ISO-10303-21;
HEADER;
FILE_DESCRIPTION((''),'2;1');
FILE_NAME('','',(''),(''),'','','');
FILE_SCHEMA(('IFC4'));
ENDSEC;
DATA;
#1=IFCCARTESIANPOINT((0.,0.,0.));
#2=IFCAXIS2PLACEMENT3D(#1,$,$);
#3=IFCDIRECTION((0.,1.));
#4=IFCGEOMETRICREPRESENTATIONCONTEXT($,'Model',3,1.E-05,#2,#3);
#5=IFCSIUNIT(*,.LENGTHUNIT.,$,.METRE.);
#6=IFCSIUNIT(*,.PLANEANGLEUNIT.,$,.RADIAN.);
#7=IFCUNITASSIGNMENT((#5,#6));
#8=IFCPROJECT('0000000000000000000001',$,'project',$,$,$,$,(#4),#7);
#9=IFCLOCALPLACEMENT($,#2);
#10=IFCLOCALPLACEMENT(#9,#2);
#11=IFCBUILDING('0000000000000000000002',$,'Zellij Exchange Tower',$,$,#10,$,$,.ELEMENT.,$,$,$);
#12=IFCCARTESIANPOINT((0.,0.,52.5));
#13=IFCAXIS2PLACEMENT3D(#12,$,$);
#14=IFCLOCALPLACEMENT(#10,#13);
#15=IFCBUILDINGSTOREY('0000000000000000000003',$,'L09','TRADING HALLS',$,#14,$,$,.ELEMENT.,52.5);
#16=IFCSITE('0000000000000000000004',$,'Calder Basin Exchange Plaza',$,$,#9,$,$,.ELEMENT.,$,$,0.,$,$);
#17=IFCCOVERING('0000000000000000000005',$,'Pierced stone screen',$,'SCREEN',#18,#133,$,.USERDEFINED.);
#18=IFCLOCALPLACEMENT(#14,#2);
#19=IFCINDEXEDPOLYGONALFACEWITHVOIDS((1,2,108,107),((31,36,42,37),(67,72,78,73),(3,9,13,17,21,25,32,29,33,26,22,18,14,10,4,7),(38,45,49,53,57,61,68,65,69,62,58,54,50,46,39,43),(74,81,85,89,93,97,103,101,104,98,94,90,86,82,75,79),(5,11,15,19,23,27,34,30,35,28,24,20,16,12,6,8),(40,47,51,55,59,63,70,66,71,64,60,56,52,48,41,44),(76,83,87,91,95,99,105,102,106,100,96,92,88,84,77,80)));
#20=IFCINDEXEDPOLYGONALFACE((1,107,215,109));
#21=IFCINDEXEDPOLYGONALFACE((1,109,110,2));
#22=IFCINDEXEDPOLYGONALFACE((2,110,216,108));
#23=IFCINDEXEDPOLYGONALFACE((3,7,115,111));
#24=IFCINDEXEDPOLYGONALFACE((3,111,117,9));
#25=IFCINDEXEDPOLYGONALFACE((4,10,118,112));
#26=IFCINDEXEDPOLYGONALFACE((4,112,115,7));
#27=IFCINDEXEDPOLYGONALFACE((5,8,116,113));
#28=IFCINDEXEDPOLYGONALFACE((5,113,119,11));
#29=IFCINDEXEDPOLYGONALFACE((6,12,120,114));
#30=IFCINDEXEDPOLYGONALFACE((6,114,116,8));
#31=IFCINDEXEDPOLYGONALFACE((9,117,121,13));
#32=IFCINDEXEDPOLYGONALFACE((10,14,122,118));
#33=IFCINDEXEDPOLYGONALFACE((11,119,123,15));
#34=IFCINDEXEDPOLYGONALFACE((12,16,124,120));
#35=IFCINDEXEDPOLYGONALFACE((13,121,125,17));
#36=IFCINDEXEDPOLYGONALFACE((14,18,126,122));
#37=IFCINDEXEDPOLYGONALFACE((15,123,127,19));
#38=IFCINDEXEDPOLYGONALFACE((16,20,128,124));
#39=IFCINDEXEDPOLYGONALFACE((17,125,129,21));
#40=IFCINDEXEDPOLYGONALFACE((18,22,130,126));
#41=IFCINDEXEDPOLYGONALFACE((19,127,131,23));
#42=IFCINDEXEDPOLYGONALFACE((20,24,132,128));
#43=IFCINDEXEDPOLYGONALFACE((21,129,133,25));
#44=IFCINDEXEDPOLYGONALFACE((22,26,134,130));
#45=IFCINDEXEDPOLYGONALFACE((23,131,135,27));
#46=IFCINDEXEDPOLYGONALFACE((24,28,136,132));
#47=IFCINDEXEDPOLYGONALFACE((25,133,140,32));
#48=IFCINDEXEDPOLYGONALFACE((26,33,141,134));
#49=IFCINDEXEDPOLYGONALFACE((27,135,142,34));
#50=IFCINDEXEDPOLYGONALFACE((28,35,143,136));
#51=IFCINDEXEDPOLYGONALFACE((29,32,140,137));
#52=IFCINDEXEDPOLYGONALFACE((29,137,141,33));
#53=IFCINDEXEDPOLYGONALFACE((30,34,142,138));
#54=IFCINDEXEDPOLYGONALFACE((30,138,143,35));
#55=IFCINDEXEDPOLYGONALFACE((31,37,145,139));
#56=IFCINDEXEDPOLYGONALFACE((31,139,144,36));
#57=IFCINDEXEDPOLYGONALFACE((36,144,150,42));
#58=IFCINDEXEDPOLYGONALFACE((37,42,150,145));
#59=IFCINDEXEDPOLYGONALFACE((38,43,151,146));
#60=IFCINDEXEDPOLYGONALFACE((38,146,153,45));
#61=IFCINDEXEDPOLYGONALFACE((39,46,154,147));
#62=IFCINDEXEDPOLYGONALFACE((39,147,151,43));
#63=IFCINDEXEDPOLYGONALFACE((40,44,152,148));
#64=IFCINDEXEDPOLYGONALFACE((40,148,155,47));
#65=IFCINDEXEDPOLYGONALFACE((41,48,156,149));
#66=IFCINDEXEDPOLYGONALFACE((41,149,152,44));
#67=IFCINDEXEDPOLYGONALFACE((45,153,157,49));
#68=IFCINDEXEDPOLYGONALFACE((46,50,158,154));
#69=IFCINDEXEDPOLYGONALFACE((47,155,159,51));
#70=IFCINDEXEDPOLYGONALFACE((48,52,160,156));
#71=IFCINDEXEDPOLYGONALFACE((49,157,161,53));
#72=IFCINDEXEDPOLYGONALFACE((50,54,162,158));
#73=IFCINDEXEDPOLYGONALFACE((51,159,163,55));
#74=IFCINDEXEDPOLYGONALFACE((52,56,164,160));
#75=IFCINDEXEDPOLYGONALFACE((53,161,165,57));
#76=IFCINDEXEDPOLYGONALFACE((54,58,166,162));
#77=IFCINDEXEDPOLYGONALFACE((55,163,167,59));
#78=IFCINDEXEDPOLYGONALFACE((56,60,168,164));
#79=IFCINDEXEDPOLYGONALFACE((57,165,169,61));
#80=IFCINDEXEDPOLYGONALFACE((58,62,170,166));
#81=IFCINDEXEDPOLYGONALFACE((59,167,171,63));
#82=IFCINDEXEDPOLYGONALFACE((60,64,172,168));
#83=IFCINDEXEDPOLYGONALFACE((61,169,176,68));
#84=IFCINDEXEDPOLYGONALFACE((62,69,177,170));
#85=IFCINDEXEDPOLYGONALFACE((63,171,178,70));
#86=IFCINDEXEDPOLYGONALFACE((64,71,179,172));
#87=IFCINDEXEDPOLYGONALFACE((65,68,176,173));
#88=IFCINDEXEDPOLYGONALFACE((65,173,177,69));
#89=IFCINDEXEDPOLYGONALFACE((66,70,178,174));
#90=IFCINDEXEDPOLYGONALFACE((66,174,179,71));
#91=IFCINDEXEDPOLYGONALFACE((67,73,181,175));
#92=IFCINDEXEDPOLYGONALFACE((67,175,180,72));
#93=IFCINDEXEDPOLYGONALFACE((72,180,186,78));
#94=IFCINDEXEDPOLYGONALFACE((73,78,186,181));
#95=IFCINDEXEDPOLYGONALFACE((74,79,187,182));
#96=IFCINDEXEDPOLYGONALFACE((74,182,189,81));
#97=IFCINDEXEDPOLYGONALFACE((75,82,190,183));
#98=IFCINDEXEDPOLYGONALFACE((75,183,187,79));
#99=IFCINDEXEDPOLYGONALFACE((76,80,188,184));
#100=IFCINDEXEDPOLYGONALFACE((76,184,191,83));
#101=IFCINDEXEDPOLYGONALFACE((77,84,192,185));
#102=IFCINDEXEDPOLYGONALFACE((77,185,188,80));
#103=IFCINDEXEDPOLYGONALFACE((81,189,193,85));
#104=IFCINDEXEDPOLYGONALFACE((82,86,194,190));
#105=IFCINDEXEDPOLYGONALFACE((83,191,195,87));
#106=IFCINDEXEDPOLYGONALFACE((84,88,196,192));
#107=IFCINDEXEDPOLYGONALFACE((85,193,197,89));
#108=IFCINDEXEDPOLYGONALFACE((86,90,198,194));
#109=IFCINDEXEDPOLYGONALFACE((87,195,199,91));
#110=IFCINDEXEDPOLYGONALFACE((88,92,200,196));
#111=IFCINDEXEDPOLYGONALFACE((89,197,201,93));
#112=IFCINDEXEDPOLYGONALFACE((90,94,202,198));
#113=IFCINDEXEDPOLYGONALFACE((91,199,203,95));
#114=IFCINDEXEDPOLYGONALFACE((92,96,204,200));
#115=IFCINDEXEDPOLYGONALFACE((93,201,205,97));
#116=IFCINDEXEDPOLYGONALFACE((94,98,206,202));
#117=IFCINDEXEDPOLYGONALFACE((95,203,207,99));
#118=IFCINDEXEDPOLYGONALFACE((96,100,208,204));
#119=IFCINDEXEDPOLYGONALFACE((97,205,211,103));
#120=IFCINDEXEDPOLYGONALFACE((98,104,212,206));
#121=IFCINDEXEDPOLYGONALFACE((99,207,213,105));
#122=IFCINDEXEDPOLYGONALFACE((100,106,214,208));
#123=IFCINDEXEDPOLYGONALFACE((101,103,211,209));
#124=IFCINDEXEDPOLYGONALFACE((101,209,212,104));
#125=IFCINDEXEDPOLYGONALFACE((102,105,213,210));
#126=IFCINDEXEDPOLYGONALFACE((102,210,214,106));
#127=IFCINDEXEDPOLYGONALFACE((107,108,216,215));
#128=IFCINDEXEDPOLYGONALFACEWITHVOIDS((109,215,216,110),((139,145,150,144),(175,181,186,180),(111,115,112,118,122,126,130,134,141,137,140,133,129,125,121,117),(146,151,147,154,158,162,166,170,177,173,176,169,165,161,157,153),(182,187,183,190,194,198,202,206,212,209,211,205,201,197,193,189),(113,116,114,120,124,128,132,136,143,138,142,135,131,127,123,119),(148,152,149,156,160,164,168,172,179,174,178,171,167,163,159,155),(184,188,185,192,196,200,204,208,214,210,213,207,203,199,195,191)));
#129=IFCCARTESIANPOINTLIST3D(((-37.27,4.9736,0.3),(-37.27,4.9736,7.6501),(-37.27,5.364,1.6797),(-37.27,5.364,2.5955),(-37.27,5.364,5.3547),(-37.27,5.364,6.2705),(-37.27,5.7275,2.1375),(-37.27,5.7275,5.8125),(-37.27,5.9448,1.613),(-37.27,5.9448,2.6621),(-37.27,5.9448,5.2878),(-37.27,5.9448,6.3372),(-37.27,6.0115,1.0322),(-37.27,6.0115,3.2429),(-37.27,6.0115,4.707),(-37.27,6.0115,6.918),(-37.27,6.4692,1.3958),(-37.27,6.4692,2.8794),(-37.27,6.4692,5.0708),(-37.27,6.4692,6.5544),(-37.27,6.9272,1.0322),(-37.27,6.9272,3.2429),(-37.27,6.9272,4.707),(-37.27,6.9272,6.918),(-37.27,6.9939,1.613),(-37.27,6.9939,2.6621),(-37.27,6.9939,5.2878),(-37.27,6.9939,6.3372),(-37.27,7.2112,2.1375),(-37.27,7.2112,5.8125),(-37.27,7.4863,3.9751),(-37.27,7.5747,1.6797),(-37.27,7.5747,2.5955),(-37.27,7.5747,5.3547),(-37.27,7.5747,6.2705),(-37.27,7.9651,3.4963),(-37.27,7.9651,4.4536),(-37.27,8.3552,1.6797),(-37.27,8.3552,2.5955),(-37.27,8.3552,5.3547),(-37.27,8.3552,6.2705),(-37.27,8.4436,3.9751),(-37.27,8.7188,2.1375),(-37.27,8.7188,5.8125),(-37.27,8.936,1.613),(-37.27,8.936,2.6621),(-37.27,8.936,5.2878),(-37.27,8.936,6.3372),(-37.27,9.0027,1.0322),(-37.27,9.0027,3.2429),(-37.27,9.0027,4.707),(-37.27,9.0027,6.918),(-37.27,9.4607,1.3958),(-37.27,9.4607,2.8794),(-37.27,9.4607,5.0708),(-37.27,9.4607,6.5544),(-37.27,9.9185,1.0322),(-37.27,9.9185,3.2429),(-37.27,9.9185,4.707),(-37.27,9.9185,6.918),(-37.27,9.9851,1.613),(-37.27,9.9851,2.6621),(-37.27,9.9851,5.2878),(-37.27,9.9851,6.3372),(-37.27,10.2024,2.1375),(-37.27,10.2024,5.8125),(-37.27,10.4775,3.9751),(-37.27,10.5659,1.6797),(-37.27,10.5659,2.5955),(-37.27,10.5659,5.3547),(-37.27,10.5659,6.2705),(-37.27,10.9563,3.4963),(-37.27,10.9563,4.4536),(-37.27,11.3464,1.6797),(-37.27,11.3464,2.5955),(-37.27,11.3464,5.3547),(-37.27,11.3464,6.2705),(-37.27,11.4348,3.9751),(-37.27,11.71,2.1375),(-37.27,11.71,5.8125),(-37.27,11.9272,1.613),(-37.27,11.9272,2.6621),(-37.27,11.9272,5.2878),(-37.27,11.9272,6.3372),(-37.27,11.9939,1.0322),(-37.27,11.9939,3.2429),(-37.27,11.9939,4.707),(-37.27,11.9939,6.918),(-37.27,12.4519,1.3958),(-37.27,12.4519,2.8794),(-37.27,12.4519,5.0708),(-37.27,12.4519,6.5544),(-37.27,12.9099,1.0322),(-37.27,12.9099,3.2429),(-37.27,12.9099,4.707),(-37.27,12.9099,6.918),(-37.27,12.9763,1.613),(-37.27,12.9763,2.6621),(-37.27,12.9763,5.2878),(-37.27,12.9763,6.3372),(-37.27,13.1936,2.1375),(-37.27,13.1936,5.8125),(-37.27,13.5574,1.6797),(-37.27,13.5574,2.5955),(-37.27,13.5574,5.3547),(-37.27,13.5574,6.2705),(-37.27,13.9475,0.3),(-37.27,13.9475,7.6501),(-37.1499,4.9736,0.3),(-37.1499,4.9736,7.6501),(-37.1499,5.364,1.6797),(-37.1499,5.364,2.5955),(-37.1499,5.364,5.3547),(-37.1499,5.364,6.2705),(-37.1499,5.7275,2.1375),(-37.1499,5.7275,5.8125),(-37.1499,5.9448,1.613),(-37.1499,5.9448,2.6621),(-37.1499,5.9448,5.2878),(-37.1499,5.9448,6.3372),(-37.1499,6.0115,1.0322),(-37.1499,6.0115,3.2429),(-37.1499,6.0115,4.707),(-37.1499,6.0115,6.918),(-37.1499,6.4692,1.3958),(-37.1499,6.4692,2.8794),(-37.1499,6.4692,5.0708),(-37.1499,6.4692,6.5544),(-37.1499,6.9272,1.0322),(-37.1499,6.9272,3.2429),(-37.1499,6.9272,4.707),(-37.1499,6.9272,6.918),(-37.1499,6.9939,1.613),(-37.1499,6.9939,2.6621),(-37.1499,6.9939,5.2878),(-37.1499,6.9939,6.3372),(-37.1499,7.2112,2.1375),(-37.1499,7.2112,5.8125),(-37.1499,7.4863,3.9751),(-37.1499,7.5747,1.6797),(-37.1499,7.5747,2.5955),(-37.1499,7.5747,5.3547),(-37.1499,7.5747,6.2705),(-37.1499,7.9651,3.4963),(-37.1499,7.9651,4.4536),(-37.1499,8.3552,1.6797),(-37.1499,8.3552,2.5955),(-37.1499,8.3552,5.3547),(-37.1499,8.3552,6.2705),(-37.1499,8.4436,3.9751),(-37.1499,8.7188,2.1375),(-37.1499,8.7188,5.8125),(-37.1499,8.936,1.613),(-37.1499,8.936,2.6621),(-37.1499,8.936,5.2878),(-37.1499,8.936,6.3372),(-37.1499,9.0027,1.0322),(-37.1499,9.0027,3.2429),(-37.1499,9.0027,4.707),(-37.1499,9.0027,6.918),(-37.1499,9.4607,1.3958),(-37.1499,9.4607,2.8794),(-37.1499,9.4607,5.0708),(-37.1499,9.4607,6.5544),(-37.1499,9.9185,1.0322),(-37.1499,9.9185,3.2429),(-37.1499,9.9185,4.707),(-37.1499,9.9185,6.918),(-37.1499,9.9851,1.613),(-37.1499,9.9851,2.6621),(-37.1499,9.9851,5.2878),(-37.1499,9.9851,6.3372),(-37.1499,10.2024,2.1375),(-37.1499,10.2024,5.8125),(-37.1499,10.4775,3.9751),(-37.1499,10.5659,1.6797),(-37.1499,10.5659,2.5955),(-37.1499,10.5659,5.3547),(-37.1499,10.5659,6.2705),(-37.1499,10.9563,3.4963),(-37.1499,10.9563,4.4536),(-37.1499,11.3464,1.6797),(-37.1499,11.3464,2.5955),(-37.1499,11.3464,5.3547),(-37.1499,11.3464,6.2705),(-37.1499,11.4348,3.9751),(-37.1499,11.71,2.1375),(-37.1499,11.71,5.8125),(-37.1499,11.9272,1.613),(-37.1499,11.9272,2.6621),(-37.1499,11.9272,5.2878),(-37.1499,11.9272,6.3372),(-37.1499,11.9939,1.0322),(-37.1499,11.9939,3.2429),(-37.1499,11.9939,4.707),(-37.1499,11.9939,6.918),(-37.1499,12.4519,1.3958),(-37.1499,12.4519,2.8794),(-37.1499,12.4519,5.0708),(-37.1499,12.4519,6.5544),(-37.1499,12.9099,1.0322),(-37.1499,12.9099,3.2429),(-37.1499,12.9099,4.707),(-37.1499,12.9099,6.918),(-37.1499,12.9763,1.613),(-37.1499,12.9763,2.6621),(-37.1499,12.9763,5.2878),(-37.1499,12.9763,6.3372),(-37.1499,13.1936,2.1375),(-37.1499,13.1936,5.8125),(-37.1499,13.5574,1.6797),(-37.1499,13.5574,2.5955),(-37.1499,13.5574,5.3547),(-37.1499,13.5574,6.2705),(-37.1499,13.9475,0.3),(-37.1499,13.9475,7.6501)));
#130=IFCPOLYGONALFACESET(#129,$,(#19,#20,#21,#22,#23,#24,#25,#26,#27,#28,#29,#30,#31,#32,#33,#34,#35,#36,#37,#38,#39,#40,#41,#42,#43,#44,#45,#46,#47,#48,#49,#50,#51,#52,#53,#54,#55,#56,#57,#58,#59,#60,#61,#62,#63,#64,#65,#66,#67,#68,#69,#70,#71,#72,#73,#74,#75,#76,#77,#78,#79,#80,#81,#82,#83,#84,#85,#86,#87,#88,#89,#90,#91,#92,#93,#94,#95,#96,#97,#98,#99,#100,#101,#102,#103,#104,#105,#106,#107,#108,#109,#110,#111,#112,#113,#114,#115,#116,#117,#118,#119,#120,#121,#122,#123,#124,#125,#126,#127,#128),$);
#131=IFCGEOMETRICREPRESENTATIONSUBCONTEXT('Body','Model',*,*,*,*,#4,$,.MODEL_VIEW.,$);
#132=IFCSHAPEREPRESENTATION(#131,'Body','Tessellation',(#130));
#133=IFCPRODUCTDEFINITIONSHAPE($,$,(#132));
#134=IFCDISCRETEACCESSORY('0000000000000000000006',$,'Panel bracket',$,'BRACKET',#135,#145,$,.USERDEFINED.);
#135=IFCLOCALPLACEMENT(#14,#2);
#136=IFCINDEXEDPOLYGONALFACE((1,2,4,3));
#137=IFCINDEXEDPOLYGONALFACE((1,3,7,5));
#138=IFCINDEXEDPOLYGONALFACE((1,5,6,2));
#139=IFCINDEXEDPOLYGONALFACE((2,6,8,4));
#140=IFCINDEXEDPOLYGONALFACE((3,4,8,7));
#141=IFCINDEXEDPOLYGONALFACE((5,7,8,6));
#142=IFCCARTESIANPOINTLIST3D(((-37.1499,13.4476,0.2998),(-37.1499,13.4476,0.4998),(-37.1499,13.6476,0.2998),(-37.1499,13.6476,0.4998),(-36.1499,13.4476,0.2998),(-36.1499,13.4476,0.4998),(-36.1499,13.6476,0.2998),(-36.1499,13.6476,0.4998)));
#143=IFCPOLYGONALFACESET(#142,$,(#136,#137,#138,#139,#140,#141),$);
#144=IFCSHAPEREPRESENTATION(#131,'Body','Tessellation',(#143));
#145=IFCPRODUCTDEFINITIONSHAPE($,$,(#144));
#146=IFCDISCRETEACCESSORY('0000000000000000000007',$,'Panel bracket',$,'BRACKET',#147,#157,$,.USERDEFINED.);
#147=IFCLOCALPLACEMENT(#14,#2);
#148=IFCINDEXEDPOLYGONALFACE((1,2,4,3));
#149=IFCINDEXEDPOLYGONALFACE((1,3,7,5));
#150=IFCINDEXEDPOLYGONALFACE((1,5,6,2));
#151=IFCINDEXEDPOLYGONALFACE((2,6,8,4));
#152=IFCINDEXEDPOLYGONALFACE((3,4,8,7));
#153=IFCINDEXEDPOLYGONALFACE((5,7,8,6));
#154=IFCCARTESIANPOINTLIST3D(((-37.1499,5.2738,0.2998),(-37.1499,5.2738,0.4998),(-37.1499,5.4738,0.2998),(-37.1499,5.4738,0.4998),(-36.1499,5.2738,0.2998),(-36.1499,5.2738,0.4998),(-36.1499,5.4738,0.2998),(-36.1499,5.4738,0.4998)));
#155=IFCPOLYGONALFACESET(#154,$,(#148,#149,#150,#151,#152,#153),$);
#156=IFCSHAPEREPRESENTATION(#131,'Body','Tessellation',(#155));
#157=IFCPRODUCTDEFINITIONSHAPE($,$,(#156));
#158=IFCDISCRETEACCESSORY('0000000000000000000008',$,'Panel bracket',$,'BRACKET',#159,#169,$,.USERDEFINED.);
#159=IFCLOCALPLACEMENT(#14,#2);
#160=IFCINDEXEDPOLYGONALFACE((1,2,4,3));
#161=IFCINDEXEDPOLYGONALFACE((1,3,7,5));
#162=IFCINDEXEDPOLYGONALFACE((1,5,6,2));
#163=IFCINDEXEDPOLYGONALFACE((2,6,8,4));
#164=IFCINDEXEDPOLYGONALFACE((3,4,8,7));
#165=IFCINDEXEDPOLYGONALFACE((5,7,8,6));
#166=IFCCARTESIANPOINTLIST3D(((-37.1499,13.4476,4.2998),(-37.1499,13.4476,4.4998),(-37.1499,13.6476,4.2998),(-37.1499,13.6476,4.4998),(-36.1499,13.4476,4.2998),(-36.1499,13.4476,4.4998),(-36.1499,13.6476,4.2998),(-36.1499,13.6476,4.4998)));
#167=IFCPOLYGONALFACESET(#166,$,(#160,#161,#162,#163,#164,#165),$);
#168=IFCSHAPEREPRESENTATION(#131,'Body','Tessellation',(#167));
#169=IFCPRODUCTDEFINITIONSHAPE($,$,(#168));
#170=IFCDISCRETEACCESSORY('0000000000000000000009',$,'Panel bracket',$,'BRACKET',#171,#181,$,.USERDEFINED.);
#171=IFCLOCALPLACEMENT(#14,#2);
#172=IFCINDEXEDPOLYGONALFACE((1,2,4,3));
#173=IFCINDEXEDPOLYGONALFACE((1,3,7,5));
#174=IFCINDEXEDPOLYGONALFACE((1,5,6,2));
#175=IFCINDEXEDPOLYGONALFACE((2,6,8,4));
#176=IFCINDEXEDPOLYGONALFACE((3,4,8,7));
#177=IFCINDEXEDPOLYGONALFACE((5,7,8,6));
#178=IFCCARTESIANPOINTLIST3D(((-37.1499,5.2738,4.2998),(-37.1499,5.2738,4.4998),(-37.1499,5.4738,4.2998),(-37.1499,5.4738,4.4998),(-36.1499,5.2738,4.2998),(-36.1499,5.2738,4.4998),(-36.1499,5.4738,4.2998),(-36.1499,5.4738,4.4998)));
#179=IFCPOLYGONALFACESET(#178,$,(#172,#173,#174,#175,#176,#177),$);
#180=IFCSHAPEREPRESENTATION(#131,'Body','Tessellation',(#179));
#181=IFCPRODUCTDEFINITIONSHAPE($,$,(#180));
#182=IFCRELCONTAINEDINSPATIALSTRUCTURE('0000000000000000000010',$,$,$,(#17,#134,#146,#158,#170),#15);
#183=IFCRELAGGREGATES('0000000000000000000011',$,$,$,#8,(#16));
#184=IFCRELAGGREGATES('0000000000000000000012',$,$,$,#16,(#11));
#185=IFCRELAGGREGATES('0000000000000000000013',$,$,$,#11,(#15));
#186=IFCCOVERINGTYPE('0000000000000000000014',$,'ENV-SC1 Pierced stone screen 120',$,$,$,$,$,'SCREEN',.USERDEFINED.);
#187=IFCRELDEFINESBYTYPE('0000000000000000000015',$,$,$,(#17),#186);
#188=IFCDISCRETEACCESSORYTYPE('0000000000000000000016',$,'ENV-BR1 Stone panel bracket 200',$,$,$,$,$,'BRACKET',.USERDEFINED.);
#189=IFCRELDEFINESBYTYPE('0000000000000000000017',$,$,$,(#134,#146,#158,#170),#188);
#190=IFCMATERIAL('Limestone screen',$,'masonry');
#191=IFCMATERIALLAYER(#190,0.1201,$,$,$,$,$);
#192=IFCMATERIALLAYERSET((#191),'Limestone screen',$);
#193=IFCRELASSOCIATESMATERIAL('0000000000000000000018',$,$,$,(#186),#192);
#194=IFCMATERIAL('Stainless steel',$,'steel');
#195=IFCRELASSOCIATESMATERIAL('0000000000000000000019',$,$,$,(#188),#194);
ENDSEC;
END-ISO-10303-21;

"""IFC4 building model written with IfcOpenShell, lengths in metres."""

from ifc_helpers import new_model, si_unit, direction, frame, origin, origin_2d, place, context, subcontext, project, spatial, polyline, rectangle, outline, extrude, material, layer, layer_set, type_object, element, save


model = new_model("IFC4")

# Units and contexts
model_context = context("Model", 3, precision=1e-05, world=origin(), true_north=direction((0.0, 1.0)))
body_context = subcontext(model_context, "Body", "Model", "MODEL_VIEW")
ifc_project = project(units=[si_unit("LENGTHUNIT", "METRE"), si_unit("PLANEANGLEUNIT", "RADIAN")], contexts=[model_context])

# Site, building, storey
site_placement = place(None, origin())
site = spatial("IfcSite", under=ifc_project, at=site_placement, Name="Calder Basin Exchange Plaza", CompositionType="ELEMENT", RefElevation=0.0)
building_placement = place(site_placement, origin())
building = spatial("IfcBuilding", under=site, at=building_placement, Name="Zellij Exchange Tower", CompositionType="ELEMENT")
storey_placement = place(building_placement, frame((0.0, 0.0, 52.5)))
storey = spatial("IfcBuildingStorey", under=building, at=storey_placement, Name="L09", Description="TRADING HALLS", CompositionType="ELEMENT", Elevation=52.5)

# Covering
ifc_material_1 = material(Name="Limestone screen", Category="masonry")
ifc_layer_1 = layer(ifc_material_1, 0.1201)
ifc_layer_set_1 = layer_set([ifc_layer_1], Name="Limestone screen")
covering_type = type_object("IfcCoveringType", Name="ENV-SC1 Pierced stone screen 120", ElementType="SCREEN", PredefinedType="USERDEFINED", material=ifc_layer_set_1)
covering_placement = place(storey_placement, frame((-37.21, 13.9475, 0.3), z_axis=(0.0, 0.0, 1.0), x_axis=(0.0, -1.0, 0.0)))
element("IfcCovering", 1, at=covering_placement, inside=storey, type_object=covering_type, Name="Pierced stone screen", ObjectType="SCREEN", PredefinedType="USERDEFINED", context=body_context, shape_type="SweptSolid", body=[
    extrude(outline(polyline([(0.0, 0.0), (8.9739, 0.0), (8.9739, 7.3501), (0.0, 7.3501), (0.0, 0.0)]), holes=[polyline([(2.6011, 2.2954), (2.0203, 2.3621), (1.9536, 2.9429), (1.4956, 2.5793), (1.0376, 2.9429), (0.9712, 2.3621), (0.3901, 2.2954), (0.7539, 1.8374), (0.3901, 1.3796), (0.9712, 1.313), (1.0376, 0.7322), (1.4956, 1.0957), (1.9536, 0.7322), (2.0203, 1.313), (2.6011, 1.3796), (2.2375, 1.8374), (2.6011, 2.2954)]), polyline([(2.6011, 5.9705), (2.0203, 6.0371), (1.9536, 6.6179), (1.4956, 6.2544), (1.0376, 6.6179), (0.9712, 6.0371), (0.3901, 5.9705), (0.7539, 5.5125), (0.3901, 5.0547), (0.9712, 4.9878), (1.0376, 4.407), (1.4956, 4.7708), (1.9536, 4.407), (2.0203, 4.9878), (2.6011, 5.0547), (2.2375, 5.5125), (2.6011, 5.9705)]), polyline([(5.5923, 2.2954), (5.0115, 2.3621), (4.9448, 2.9429), (4.4868, 2.5793), (4.0291, 2.9429), (3.9624, 2.3621), (3.3816, 2.2954), (3.7451, 1.8374), (3.3816, 1.3796), (3.9624, 1.313), (4.0291, 0.7322), (4.4868, 1.0957), (4.9448, 0.7322), (5.0115, 1.313), (5.5923, 1.3796), (5.2288, 1.8374), (5.5923, 2.2954)]), polyline([(5.5923, 5.9705), (5.0115, 6.0371), (4.9448, 6.6179), (4.4868, 6.2544), (4.0291, 6.6179), (3.9624, 6.0371), (3.3816, 5.9705), (3.7451, 5.5125), (3.3816, 5.0547), (3.9624, 4.9878), (4.0291, 4.407), (4.4868, 4.7708), (4.9448, 4.407), (5.0115, 4.9878), (5.5923, 5.0547), (5.2288, 5.5125), (5.5923, 5.9705)]), polyline([(8.5835, 2.2954), (8.0027, 2.3621), (7.936, 2.9429), (7.4783, 2.5793), (7.0203, 2.9429), (6.9536, 2.3621), (6.3728, 2.2954), (6.7363, 1.8374), (6.3728, 1.3796), (6.9536, 1.313), (7.0203, 0.7322), (7.4783, 1.0957), (7.936, 0.7322), (8.0027, 1.313), (8.5835, 1.3796), (8.22, 1.8374), (8.5835, 2.2954)]), polyline([(8.5835, 5.9705), (8.0027, 6.0371), (7.936, 6.6179), (7.4783, 6.2544), (7.0203, 6.6179), (6.9536, 6.0371), (6.3728, 5.9705), (6.7363, 5.5125), (6.3728, 5.0547), (6.9536, 4.9878), (7.0203, 4.407), (7.4783, 4.7708), (7.936, 4.407), (8.0027, 4.9878), (8.5835, 5.0547), (8.22, 5.5125), (8.5835, 5.9705)]), polyline([(3.47, 3.675), (2.9912, 4.1536), (2.5127, 3.675), (2.9912, 3.1963), (3.47, 3.675)]), polyline([(6.4612, 3.675), (5.9824, 4.1536), (5.5039, 3.675), (5.9824, 3.1963), (6.4612, 3.675)])]), frame((0.0, 0.0601, 0.0), z_axis=(0.0, -1.0, 0.0), x_axis=(1.0, 0.0, 0.0)), (0.0, 0.0, 1.0), 0.1201),
])

# Discrete accessories
ifc_material_2 = material(Name="Stainless steel", Category="steel")
discrete_accessory_type = type_object("IfcDiscreteAccessoryType", Name="ENV-BR1 Stone panel bracket 200", ElementType="BRACKET", PredefinedType="USERDEFINED", material=ifc_material_2)
for number, where, z_axis, x_axis, name in (
    (2, (-36.6499, 13.5476, 0.2998), (0.0, 0.0, 1.0), (0.0, -1.0, 0.0), "Panel bracket"),
    (3, (-36.6499, 5.3738, 0.2998), (0.0, 0.0, 1.0), (0.0, -1.0, 0.0), "Panel bracket"),
    (4, (-36.6499, 13.5476, 4.2998), (0.0, 0.0, 1.0), (0.0, -1.0, 0.0), "Panel bracket"),
    (5, (-36.6499, 5.3738, 4.2998), (0.0, 0.0, 1.0), (0.0, -1.0, 0.0), "Panel bracket"),
):
    element("IfcDiscreteAccessory", number, at=place(storey_placement, frame(where, z_axis=z_axis, x_axis=x_axis)), inside=storey, type_object=discrete_accessory_type, Name=name, ObjectType="BRACKET", PredefinedType="USERDEFINED", context=body_context, shape_type="SweptSolid", body=[
        extrude(rectangle(XDim=0.2, YDim=1.0, at=origin_2d()), origin(), (0.0, 0.0, 1.0), 0.2),
    ])

save(model, "model.ifc")
